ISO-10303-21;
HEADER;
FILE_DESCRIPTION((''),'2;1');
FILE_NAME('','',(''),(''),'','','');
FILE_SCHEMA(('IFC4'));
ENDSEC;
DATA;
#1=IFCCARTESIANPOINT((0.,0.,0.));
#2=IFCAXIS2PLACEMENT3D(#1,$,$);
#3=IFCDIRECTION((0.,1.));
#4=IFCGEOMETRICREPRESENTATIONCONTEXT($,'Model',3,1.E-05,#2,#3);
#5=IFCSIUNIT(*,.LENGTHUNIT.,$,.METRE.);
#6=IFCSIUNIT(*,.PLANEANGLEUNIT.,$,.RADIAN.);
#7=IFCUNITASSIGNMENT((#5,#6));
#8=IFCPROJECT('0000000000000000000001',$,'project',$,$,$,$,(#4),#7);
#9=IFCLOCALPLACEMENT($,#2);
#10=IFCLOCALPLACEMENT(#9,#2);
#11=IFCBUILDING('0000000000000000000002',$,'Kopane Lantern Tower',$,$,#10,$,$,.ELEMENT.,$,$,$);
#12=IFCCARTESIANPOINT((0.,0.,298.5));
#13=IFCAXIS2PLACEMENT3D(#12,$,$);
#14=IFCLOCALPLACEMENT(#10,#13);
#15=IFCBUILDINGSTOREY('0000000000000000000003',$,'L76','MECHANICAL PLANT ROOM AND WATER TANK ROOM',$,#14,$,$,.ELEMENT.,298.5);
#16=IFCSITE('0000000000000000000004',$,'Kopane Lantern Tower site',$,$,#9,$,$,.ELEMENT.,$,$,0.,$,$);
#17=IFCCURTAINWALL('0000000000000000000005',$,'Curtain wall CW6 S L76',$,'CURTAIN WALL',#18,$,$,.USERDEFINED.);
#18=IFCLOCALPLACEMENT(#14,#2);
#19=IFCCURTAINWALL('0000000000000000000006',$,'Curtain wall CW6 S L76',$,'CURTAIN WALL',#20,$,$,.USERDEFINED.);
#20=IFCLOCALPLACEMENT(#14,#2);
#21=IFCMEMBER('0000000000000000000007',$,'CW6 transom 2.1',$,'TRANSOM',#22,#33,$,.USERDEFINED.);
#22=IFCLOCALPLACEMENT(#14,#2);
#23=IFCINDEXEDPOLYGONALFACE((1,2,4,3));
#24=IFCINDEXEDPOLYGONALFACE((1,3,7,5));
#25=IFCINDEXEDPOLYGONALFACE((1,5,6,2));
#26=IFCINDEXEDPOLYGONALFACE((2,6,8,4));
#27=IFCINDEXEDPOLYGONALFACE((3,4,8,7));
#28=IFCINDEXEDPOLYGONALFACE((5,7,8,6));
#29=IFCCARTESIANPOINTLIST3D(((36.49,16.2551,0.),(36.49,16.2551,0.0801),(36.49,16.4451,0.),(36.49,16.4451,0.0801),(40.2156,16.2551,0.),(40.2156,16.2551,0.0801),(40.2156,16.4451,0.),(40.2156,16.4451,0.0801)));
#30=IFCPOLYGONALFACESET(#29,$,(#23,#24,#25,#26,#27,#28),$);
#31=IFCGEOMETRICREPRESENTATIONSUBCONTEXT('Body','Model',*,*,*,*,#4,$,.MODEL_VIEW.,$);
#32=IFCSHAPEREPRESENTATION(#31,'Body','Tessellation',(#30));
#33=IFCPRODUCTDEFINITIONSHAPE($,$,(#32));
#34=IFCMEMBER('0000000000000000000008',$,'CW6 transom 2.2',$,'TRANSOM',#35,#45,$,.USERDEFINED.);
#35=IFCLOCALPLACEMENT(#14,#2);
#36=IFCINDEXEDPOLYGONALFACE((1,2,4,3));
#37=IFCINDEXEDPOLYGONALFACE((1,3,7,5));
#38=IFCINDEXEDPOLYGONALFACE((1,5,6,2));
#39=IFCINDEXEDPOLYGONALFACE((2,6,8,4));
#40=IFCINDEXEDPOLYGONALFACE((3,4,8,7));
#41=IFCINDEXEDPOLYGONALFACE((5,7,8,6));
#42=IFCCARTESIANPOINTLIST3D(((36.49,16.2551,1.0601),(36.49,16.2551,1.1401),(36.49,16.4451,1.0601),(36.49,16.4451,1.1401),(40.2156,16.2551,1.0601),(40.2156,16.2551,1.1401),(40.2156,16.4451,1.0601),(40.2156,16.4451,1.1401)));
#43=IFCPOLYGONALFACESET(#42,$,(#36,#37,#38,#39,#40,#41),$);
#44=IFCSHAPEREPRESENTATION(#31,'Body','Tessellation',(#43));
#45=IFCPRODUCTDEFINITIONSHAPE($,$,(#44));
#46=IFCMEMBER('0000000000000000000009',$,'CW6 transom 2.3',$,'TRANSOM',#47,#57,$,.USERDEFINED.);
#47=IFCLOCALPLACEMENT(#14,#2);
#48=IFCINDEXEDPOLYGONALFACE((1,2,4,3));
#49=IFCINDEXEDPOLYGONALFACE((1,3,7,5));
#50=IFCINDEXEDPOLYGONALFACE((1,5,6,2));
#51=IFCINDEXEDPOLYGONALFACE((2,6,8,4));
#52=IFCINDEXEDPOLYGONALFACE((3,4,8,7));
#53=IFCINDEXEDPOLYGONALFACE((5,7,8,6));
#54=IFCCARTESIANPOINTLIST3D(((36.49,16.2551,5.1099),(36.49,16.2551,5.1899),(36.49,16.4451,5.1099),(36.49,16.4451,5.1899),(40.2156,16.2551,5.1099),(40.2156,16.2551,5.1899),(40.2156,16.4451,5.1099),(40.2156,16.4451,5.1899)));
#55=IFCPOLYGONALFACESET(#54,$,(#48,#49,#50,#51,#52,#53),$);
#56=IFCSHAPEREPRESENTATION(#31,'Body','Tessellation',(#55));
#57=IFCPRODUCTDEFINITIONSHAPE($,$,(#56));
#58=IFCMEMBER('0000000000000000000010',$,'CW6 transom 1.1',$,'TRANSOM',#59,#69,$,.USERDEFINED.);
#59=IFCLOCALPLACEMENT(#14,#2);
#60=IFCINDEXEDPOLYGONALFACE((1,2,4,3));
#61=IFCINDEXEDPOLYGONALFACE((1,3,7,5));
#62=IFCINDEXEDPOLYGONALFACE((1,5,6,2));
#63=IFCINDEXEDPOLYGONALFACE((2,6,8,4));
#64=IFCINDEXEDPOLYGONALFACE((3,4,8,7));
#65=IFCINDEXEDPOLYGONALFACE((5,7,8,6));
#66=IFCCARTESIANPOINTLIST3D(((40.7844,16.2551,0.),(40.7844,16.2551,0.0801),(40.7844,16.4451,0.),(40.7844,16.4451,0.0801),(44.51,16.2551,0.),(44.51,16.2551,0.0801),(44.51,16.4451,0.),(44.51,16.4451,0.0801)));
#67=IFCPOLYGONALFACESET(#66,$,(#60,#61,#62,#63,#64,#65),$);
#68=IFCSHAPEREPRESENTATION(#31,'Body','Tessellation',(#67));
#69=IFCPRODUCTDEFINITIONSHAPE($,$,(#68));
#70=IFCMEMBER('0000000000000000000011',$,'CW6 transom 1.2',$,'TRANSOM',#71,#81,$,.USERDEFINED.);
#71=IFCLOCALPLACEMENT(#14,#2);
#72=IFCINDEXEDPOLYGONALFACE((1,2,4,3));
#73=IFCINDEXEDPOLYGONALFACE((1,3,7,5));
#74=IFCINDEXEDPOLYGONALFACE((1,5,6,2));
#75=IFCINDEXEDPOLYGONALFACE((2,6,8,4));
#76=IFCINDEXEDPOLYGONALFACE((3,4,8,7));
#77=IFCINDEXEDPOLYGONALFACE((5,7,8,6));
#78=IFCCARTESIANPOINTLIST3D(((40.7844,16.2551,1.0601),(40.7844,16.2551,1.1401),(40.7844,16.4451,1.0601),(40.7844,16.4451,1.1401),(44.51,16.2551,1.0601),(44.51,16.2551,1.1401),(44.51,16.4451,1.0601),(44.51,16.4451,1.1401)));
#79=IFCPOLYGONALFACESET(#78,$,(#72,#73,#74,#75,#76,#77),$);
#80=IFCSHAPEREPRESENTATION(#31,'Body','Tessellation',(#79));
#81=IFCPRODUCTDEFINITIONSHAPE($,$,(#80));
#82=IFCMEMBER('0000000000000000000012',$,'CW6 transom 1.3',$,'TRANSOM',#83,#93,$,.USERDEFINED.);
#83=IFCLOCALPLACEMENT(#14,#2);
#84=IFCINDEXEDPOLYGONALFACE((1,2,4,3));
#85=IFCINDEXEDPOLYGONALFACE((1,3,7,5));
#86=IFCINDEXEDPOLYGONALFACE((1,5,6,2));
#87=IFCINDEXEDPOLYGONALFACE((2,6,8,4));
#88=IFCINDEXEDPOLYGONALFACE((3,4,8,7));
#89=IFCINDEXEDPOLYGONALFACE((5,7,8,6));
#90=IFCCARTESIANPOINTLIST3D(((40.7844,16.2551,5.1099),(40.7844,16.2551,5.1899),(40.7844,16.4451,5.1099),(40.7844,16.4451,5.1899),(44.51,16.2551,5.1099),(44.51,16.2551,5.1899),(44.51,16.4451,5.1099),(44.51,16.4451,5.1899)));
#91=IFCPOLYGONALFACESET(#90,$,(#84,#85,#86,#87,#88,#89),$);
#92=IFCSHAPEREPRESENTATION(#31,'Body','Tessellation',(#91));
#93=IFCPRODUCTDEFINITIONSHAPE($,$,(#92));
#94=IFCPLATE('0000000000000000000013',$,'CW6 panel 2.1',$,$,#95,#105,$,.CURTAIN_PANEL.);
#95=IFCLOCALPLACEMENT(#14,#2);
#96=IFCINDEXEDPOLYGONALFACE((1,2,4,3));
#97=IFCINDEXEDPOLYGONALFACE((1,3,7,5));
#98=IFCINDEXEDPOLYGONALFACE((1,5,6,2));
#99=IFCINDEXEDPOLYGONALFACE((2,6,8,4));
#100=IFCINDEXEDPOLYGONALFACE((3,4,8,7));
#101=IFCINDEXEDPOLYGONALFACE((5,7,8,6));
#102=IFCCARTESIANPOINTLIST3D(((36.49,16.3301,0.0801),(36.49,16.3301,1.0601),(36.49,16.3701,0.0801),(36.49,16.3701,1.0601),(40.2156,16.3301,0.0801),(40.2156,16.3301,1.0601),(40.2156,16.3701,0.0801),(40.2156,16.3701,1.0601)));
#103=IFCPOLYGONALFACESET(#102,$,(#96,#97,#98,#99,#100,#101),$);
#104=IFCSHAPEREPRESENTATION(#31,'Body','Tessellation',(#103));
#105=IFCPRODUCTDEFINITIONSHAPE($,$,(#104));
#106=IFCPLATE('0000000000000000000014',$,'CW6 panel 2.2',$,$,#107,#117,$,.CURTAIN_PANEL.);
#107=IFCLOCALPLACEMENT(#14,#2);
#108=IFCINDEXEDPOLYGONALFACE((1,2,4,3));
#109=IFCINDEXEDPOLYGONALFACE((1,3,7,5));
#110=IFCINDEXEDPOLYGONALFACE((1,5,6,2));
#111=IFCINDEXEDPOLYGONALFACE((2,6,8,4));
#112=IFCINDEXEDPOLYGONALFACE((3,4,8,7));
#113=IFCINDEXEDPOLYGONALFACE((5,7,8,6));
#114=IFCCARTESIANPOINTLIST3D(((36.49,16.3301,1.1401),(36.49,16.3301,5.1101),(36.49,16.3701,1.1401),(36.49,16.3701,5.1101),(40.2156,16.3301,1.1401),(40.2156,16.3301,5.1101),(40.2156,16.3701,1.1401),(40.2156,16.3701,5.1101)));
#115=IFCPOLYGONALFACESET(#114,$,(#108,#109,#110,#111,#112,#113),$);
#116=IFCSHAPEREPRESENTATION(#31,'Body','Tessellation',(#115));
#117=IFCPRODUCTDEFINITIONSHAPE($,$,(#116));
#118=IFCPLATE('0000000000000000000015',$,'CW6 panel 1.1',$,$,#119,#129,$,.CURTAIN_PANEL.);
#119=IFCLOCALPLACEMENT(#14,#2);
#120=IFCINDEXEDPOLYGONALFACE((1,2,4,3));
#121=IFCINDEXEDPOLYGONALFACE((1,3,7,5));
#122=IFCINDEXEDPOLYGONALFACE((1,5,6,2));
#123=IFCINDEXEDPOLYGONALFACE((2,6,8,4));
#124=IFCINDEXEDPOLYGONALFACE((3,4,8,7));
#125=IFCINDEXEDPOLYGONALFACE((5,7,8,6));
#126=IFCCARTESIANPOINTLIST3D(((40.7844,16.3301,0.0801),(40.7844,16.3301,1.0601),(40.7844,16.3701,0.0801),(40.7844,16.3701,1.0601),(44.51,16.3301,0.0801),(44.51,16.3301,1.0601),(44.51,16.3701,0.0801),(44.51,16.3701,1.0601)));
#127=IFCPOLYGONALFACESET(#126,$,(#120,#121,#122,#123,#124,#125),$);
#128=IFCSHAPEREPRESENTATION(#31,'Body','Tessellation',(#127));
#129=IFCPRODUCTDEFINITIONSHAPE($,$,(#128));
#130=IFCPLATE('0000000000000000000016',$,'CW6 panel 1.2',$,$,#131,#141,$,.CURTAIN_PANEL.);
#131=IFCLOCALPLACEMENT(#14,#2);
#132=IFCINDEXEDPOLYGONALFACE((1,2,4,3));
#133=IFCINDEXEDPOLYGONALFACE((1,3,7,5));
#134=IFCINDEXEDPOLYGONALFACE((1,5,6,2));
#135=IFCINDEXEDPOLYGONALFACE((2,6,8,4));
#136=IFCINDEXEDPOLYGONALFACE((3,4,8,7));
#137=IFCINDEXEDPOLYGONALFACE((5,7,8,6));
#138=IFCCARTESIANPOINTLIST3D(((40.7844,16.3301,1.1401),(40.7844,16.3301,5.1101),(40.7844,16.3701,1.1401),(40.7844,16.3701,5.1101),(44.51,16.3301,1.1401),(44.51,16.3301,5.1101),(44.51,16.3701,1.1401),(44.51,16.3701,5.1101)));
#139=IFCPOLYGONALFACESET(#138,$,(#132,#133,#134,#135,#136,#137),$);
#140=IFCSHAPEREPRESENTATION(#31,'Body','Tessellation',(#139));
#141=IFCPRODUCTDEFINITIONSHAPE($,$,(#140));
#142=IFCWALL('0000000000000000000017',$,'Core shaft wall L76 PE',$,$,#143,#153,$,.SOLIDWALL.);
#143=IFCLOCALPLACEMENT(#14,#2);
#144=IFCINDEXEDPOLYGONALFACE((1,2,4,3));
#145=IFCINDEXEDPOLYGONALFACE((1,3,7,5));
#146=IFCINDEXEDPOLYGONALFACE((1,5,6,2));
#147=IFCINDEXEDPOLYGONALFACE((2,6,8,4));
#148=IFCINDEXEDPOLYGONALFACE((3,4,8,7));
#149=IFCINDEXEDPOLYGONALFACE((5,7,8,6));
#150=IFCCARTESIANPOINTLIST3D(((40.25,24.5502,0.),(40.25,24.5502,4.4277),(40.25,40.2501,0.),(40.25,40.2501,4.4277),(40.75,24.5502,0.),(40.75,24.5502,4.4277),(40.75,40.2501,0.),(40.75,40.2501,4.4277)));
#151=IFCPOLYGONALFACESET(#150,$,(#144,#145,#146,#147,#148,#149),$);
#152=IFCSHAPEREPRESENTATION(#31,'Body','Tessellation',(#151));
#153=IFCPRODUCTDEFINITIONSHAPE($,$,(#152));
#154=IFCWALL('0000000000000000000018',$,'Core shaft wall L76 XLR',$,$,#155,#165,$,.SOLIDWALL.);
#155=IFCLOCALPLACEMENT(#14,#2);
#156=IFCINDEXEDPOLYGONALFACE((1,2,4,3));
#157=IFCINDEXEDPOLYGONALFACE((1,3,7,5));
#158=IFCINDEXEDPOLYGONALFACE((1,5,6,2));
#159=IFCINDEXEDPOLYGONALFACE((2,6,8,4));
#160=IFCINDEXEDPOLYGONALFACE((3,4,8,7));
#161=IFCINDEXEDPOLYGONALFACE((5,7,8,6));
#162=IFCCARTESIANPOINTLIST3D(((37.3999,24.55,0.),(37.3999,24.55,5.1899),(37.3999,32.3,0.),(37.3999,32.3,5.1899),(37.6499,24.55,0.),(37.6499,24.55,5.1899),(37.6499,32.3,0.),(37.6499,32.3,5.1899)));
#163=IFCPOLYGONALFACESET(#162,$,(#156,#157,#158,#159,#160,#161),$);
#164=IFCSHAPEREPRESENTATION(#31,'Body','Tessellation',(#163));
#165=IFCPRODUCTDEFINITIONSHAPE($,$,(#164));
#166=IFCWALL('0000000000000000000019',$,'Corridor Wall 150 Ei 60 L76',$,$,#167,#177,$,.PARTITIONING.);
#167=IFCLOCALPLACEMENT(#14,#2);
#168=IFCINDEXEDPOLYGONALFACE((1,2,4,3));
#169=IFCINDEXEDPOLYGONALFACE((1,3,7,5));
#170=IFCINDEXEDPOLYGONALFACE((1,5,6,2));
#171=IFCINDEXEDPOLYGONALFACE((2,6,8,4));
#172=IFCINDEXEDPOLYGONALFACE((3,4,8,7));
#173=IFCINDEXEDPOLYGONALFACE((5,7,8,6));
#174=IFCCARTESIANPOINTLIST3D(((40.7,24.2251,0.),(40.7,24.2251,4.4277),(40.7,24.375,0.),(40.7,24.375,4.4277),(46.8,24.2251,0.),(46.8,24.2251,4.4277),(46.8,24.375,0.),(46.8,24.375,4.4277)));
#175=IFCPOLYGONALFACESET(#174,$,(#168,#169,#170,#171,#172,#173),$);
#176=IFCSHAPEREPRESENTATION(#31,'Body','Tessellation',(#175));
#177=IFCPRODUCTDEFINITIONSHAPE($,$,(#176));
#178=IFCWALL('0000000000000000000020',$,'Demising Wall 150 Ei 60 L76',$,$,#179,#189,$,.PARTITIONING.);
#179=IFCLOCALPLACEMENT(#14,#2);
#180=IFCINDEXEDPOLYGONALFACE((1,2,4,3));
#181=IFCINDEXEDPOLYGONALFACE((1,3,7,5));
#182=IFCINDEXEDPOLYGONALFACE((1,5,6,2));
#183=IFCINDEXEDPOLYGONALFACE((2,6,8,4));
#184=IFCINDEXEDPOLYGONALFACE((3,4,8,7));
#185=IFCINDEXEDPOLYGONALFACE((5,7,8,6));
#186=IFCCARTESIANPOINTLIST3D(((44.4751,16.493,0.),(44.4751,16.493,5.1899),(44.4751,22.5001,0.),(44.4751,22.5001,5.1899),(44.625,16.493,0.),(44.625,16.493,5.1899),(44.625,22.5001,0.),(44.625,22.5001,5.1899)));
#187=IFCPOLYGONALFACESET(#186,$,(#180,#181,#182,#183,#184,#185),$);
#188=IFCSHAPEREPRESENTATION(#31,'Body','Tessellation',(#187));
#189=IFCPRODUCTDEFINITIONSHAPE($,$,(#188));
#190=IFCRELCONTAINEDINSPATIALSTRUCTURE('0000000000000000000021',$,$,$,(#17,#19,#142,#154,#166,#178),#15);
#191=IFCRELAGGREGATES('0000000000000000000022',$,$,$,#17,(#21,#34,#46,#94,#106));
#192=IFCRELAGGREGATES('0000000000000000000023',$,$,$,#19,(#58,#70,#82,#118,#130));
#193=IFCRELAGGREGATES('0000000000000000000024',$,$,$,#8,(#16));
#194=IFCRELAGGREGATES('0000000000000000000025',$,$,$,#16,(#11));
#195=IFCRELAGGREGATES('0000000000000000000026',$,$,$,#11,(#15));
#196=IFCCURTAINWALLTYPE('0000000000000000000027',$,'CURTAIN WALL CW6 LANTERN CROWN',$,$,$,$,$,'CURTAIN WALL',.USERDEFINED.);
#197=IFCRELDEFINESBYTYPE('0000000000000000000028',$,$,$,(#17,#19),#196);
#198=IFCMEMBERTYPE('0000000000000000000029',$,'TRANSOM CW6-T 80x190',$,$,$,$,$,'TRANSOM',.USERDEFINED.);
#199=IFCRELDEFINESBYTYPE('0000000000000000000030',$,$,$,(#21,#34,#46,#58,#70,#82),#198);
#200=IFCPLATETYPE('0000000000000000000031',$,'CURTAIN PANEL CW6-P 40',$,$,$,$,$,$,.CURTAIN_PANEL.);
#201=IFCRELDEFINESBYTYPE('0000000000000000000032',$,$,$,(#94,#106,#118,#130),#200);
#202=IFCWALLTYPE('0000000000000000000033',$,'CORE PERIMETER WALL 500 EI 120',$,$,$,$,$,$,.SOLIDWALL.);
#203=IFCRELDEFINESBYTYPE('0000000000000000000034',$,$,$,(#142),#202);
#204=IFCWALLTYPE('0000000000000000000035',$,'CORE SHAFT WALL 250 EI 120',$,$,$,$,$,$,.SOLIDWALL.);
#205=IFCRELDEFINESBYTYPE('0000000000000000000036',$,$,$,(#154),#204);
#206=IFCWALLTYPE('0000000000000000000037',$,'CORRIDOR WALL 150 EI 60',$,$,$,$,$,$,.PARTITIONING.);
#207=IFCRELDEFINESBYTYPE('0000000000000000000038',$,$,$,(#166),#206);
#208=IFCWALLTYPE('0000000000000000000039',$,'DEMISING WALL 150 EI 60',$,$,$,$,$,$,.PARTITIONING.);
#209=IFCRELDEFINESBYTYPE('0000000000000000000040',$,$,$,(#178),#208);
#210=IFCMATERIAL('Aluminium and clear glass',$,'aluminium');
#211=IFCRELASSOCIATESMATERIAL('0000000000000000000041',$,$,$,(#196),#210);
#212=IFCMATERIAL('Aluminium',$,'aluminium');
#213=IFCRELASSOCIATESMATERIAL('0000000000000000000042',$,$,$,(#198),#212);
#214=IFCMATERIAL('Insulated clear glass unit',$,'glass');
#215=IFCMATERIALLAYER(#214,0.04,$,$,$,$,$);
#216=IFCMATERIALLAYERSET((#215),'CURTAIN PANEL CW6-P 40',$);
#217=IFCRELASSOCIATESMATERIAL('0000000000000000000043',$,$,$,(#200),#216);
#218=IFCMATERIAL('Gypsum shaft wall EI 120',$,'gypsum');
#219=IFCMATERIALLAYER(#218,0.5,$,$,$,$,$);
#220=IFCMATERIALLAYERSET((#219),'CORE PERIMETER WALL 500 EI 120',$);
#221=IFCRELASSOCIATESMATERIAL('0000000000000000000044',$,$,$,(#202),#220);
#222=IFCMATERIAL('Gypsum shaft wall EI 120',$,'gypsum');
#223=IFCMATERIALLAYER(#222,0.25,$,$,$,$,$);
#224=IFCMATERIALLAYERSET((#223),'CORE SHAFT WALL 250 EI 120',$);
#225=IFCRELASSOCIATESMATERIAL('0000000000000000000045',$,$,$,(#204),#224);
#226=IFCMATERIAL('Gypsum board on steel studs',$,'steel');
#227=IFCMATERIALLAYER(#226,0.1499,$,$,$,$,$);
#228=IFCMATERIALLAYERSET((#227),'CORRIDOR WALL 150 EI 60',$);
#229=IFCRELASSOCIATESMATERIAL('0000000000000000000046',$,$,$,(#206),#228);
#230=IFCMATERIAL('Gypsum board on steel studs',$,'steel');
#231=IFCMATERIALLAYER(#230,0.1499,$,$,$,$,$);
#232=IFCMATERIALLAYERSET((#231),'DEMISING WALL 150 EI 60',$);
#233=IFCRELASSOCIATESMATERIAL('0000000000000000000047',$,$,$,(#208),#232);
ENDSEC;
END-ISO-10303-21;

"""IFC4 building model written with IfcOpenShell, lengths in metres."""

from ifc_helpers import new_model, si_unit, direction, frame, frame_2d, origin, origin_2d, place, context, subcontext, project, spatial, rectangle, extrude, material, layer, layer_set, material_profile, profile_set, type_object, element, aggregate, save


model = new_model("IFC4")

# Units and contexts
model_context = context("Model", 3, precision=1e-05, world=origin(), true_north=direction((0.0, 1.0)))
body_context = subcontext(model_context, "Body", "Model", "MODEL_VIEW")
ifc_project = project(units=[si_unit("LENGTHUNIT", "METRE"), si_unit("PLANEANGLEUNIT", "RADIAN")], contexts=[model_context])

# Site, building, storey
site_placement = place(None, origin())
site = spatial("IfcSite", under=ifc_project, at=site_placement, Name="Kopane Lantern Tower site", CompositionType="ELEMENT", RefElevation=0.0)
building_placement = place(site_placement, origin())
building = spatial("IfcBuilding", under=site, at=building_placement, Name="Kopane Lantern Tower", CompositionType="ELEMENT")
storey_placement = place(building_placement, frame((0.0, 0.0, 298.5)))
storey = spatial("IfcBuildingStorey", under=building, at=storey_placement, Name="L76", Description="MECHANICAL PLANT ROOM AND WATER TANK ROOM", CompositionType="ELEMENT", Elevation=298.5)

# Curtain walls
ifc_material_1 = material(Name="Aluminium and clear glass", Category="aluminium")
curtain_wall_type = type_object("IfcCurtainWallType", Name="CURTAIN WALL CW6 LANTERN CROWN", ElementType="CURTAIN WALL", PredefinedType="USERDEFINED", material=ifc_material_1)
curtain_wall_1_placement = place(storey_placement, origin())
curtain_wall_1 = element("IfcCurtainWall", 1, at=curtain_wall_1_placement, inside=storey, type_object=curtain_wall_type, Name="Curtain wall CW6 S L76", ObjectType="CURTAIN WALL", PredefinedType="USERDEFINED")
curtain_wall_2_placement = place(storey_placement, origin())
curtain_wall_2 = element("IfcCurtainWall", 2, at=curtain_wall_2_placement, inside=storey, type_object=curtain_wall_type, Name="Curtain wall CW6 S L76", ObjectType="CURTAIN WALL", PredefinedType="USERDEFINED")

# Members
ifc_material_2 = material(Name="Aluminium", Category="aluminium")
ifc_material_profile_1 = material_profile(ifc_material_2, rectangle(XDim=0.1899, YDim=0.0801, at=origin_2d()), Name="AL 190x80")
ifc_profile_set_1 = profile_set([ifc_material_profile_1], Name="Aluminium")
member_type_1 = type_object("IfcMemberType", Name="TRANSOM CW6-T 80x190", ElementType="TRANSOM", PredefinedType="USERDEFINED", material=ifc_profile_set_1)
member_1_placement = place(storey_placement, frame((36.49, 16.3501, 0.04), z_axis=(1.0, 0.0, 0.0), x_axis=(0.0, 1.0, 0.0)))
member_1 = element("IfcMember", 3, at=member_1_placement, type_object=member_type_1, Name="CW6 transom 2.1", ObjectType="TRANSOM", PredefinedType="USERDEFINED", context=body_context, shape_type="SweptSolid", body=[
    extrude(rectangle(XDim=0.1899, YDim=0.0801, at=origin_2d()), origin(), (0.0, 0.0, 1.0), 3.7256),
])
member_2_placement = place(storey_placement, frame((36.49, 16.3501, 1.1001), z_axis=(1.0, 0.0, 0.0), x_axis=(0.0, 1.0, 0.0)))
member_2 = element("IfcMember", 4, at=member_2_placement, type_object=member_type_1, Name="CW6 transom 2.2", ObjectType="TRANSOM", PredefinedType="USERDEFINED", context=body_context, shape_type="SweptSolid", body=[
    extrude(rectangle(XDim=0.1899, YDim=0.0801, at=origin_2d()), origin(), (0.0, 0.0, 1.0), 3.7256),
])
member_3_placement = place(storey_placement, frame((36.49, 16.3501, 5.1499), z_axis=(1.0, 0.0, 0.0), x_axis=(0.0, 1.0, 0.0)))
member_3 = element("IfcMember", 5, at=member_3_placement, type_object=member_type_1, Name="CW6 transom 2.3", ObjectType="TRANSOM", PredefinedType="USERDEFINED", context=body_context, shape_type="SweptSolid", body=[
    extrude(rectangle(XDim=0.1899, YDim=0.0801, at=origin_2d()), origin(), (0.0, 0.0, 1.0), 3.7256),
])
member_4_placement = place(storey_placement, frame((40.7844, 16.3501, 0.04), z_axis=(1.0, 0.0, 0.0), x_axis=(0.0, 1.0, 0.0)))
member_4 = element("IfcMember", 6, at=member_4_placement, type_object=member_type_1, Name="CW6 transom 1.1", ObjectType="TRANSOM", PredefinedType="USERDEFINED", context=body_context, shape_type="SweptSolid", body=[
    extrude(rectangle(XDim=0.1899, YDim=0.0801, at=origin_2d()), origin(), (0.0, 0.0, 1.0), 3.7256),
])
member_5_placement = place(storey_placement, frame((40.7844, 16.3501, 1.1001), z_axis=(1.0, 0.0, 0.0), x_axis=(0.0, 1.0, 0.0)))
member_5 = element("IfcMember", 7, at=member_5_placement, type_object=member_type_1, Name="CW6 transom 1.2", ObjectType="TRANSOM", PredefinedType="USERDEFINED", context=body_context, shape_type="SweptSolid", body=[
    extrude(rectangle(XDim=0.1899, YDim=0.0801, at=origin_2d()), origin(), (0.0, 0.0, 1.0), 3.7256),
])
member_6_placement = place(storey_placement, frame((40.7844, 16.3501, 5.1499), z_axis=(1.0, 0.0, 0.0), x_axis=(0.0, 1.0, 0.0)))
member_6 = element("IfcMember", 8, at=member_6_placement, type_object=member_type_1, Name="CW6 transom 1.3", ObjectType="TRANSOM", PredefinedType="USERDEFINED", context=body_context, shape_type="SweptSolid", body=[
    extrude(rectangle(XDim=0.1899, YDim=0.0801, at=origin_2d()), origin(), (0.0, 0.0, 1.0), 3.7256),
])

# Plates
ifc_material_3 = material(Name="Insulated clear glass unit", Category="glass")
ifc_layer_1 = layer(ifc_material_3, 0.04)
ifc_layer_set_1 = layer_set([ifc_layer_1], Name="CURTAIN PANEL CW6-P 40")
plate_type = type_object("IfcPlateType", Name="CURTAIN PANEL CW6-P 40", PredefinedType="CURTAIN_PANEL", material=ifc_layer_set_1)
plate_1_placement = place(storey_placement, frame((38.3528, 16.3501, 0.0801), z_axis=(0.0, 0.0, 1.0), x_axis=(1.0, 0.0, 0.0)))
plate_1 = element("IfcPlate", 9, at=plate_1_placement, type_object=plate_type, Name="CW6 panel 2.1", PredefinedType="CURTAIN_PANEL", context=body_context, shape_type="SweptSolid", body=[
    extrude(rectangle(XDim=3.7256, YDim=0.04, at=origin_2d()), origin(), (0.0, 0.0, 1.0), 0.98),
])
plate_2_placement = place(storey_placement, frame((38.3528, 16.3501, 1.1401), z_axis=(0.0, 0.0, 1.0), x_axis=(1.0, 0.0, 0.0)))
plate_2 = element("IfcPlate", 10, at=plate_2_placement, type_object=plate_type, Name="CW6 panel 2.2", PredefinedType="CURTAIN_PANEL", context=body_context, shape_type="SweptSolid", body=[
    extrude(rectangle(XDim=3.7256, YDim=0.04, at=origin_2d()), origin(), (0.0, 0.0, 1.0), 3.97),
])
aggregate(curtain_wall_1, [member_1, member_2, member_3, plate_1, plate_2])
plate_3_placement = place(storey_placement, frame((42.6472, 16.3501, 0.0801), z_axis=(0.0, 0.0, 1.0), x_axis=(1.0, 0.0, 0.0)))
plate_3 = element("IfcPlate", 11, at=plate_3_placement, type_object=plate_type, Name="CW6 panel 1.1", PredefinedType="CURTAIN_PANEL", context=body_context, shape_type="SweptSolid", body=[
    extrude(rectangle(XDim=3.7256, YDim=0.04, at=origin_2d()), origin(), (0.0, 0.0, 1.0), 0.98),
])
plate_4_placement = place(storey_placement, frame((42.6472, 16.3501, 1.1401), z_axis=(0.0, 0.0, 1.0), x_axis=(1.0, 0.0, 0.0)))
plate_4 = element("IfcPlate", 12, at=plate_4_placement, type_object=plate_type, Name="CW6 panel 1.2", PredefinedType="CURTAIN_PANEL", context=body_context, shape_type="SweptSolid", body=[
    extrude(rectangle(XDim=3.7256, YDim=0.04, at=origin_2d()), origin(), (0.0, 0.0, 1.0), 3.97),
])
aggregate(curtain_wall_2, [member_4, member_5, member_6, plate_3, plate_4])

# Walls
ifc_material_4 = material(Name="Gypsum shaft wall EI 120", Category="gypsum")
ifc_layer_2 = layer(ifc_material_4, 0.5)
ifc_layer_set_2 = layer_set([ifc_layer_2], Name="CORE PERIMETER WALL 500 EI 120")
wall_type_1 = type_object("IfcWallType", Name="CORE PERIMETER WALL 500 EI 120", PredefinedType="SOLIDWALL", material=ifc_layer_set_2)
wall_1_placement = place(storey_placement, frame((40.5, 24.55, 0.0), z_axis=(0.0, 0.0, 1.0), x_axis=(0.0, 1.0, 0.0)))
element("IfcWall", 13, at=wall_1_placement, inside=storey, type_object=wall_type_1, Name="Core shaft wall L76 PE", PredefinedType="SOLIDWALL", context=body_context, shape_type="SweptSolid", body=[
    extrude(rectangle(XDim=15.7, YDim=0.5, at=frame_2d((7.8501, 0.0))), origin(), (0.0, 0.0, 1.0), 4.4277),
])
ifc_material_5 = material(Name="Gypsum shaft wall EI 120", Category="gypsum")
ifc_layer_3 = layer(ifc_material_5, 0.25)
ifc_layer_set_3 = layer_set([ifc_layer_3], Name="CORE SHAFT WALL 250 EI 120")
wall_type_2 = type_object("IfcWallType", Name="CORE SHAFT WALL 250 EI 120", PredefinedType="SOLIDWALL", material=ifc_layer_set_3)
wall_2_placement = place(storey_placement, frame((37.5249, 24.55, 0.0), z_axis=(0.0, 0.0, 1.0), x_axis=(0.0, 1.0, 0.0)))
element("IfcWall", 14, at=wall_2_placement, inside=storey, type_object=wall_type_2, Name="Core shaft wall L76 XLR", PredefinedType="SOLIDWALL", context=body_context, shape_type="SweptSolid", body=[
    extrude(rectangle(XDim=7.75, YDim=0.25, at=frame_2d((3.875, 0.0))), origin(), (0.0, 0.0, 1.0), 5.1899),
])
ifc_material_6 = material(Name="Gypsum board on steel studs", Category="steel")
ifc_layer_4 = layer(ifc_material_6, 0.1499)
ifc_layer_set_4 = layer_set([ifc_layer_4], Name="CORRIDOR WALL 150 EI 60")
wall_type_3 = type_object("IfcWallType", Name="CORRIDOR WALL 150 EI 60", PredefinedType="PARTITIONING", material=ifc_layer_set_4)
wall_3_placement = place(storey_placement, frame((40.7, 24.3, 0.0), z_axis=(0.0, 0.0, 1.0), x_axis=(1.0, 0.0, 0.0)))
element("IfcWall", 15, at=wall_3_placement, inside=storey, type_object=wall_type_3, Name="Corridor Wall 150 Ei 60 L76", PredefinedType="PARTITIONING", context=body_context, shape_type="SweptSolid", body=[
    extrude(rectangle(XDim=6.1001, YDim=0.1499, at=frame_2d((3.05, 0.0))), origin(), (0.0, 0.0, 1.0), 4.4277),
])
ifc_material_7 = material(Name="Gypsum board on steel studs", Category="steel")
ifc_layer_5 = layer(ifc_material_7, 0.1499)
ifc_layer_set_5 = layer_set([ifc_layer_5], Name="DEMISING WALL 150 EI 60")
wall_type_4 = type_object("IfcWallType", Name="DEMISING WALL 150 EI 60", PredefinedType="PARTITIONING", material=ifc_layer_set_5)
wall_4_placement = place(storey_placement, frame((44.55, 22.5, 0.0), z_axis=(0.0, 0.0, 1.0), x_axis=(0.0, -1.0, 0.0)))
element("IfcWall", 16, at=wall_4_placement, inside=storey, type_object=wall_type_4, Name="Demising Wall 150 Ei 60 L76", PredefinedType="PARTITIONING", context=body_context, shape_type="SweptSolid", body=[
    extrude(rectangle(XDim=6.0071, YDim=0.1499, at=frame_2d((3.0034, 0.0))), origin(), (0.0, 0.0, 1.0), 5.1899),
])

save(model, "model.ifc")
